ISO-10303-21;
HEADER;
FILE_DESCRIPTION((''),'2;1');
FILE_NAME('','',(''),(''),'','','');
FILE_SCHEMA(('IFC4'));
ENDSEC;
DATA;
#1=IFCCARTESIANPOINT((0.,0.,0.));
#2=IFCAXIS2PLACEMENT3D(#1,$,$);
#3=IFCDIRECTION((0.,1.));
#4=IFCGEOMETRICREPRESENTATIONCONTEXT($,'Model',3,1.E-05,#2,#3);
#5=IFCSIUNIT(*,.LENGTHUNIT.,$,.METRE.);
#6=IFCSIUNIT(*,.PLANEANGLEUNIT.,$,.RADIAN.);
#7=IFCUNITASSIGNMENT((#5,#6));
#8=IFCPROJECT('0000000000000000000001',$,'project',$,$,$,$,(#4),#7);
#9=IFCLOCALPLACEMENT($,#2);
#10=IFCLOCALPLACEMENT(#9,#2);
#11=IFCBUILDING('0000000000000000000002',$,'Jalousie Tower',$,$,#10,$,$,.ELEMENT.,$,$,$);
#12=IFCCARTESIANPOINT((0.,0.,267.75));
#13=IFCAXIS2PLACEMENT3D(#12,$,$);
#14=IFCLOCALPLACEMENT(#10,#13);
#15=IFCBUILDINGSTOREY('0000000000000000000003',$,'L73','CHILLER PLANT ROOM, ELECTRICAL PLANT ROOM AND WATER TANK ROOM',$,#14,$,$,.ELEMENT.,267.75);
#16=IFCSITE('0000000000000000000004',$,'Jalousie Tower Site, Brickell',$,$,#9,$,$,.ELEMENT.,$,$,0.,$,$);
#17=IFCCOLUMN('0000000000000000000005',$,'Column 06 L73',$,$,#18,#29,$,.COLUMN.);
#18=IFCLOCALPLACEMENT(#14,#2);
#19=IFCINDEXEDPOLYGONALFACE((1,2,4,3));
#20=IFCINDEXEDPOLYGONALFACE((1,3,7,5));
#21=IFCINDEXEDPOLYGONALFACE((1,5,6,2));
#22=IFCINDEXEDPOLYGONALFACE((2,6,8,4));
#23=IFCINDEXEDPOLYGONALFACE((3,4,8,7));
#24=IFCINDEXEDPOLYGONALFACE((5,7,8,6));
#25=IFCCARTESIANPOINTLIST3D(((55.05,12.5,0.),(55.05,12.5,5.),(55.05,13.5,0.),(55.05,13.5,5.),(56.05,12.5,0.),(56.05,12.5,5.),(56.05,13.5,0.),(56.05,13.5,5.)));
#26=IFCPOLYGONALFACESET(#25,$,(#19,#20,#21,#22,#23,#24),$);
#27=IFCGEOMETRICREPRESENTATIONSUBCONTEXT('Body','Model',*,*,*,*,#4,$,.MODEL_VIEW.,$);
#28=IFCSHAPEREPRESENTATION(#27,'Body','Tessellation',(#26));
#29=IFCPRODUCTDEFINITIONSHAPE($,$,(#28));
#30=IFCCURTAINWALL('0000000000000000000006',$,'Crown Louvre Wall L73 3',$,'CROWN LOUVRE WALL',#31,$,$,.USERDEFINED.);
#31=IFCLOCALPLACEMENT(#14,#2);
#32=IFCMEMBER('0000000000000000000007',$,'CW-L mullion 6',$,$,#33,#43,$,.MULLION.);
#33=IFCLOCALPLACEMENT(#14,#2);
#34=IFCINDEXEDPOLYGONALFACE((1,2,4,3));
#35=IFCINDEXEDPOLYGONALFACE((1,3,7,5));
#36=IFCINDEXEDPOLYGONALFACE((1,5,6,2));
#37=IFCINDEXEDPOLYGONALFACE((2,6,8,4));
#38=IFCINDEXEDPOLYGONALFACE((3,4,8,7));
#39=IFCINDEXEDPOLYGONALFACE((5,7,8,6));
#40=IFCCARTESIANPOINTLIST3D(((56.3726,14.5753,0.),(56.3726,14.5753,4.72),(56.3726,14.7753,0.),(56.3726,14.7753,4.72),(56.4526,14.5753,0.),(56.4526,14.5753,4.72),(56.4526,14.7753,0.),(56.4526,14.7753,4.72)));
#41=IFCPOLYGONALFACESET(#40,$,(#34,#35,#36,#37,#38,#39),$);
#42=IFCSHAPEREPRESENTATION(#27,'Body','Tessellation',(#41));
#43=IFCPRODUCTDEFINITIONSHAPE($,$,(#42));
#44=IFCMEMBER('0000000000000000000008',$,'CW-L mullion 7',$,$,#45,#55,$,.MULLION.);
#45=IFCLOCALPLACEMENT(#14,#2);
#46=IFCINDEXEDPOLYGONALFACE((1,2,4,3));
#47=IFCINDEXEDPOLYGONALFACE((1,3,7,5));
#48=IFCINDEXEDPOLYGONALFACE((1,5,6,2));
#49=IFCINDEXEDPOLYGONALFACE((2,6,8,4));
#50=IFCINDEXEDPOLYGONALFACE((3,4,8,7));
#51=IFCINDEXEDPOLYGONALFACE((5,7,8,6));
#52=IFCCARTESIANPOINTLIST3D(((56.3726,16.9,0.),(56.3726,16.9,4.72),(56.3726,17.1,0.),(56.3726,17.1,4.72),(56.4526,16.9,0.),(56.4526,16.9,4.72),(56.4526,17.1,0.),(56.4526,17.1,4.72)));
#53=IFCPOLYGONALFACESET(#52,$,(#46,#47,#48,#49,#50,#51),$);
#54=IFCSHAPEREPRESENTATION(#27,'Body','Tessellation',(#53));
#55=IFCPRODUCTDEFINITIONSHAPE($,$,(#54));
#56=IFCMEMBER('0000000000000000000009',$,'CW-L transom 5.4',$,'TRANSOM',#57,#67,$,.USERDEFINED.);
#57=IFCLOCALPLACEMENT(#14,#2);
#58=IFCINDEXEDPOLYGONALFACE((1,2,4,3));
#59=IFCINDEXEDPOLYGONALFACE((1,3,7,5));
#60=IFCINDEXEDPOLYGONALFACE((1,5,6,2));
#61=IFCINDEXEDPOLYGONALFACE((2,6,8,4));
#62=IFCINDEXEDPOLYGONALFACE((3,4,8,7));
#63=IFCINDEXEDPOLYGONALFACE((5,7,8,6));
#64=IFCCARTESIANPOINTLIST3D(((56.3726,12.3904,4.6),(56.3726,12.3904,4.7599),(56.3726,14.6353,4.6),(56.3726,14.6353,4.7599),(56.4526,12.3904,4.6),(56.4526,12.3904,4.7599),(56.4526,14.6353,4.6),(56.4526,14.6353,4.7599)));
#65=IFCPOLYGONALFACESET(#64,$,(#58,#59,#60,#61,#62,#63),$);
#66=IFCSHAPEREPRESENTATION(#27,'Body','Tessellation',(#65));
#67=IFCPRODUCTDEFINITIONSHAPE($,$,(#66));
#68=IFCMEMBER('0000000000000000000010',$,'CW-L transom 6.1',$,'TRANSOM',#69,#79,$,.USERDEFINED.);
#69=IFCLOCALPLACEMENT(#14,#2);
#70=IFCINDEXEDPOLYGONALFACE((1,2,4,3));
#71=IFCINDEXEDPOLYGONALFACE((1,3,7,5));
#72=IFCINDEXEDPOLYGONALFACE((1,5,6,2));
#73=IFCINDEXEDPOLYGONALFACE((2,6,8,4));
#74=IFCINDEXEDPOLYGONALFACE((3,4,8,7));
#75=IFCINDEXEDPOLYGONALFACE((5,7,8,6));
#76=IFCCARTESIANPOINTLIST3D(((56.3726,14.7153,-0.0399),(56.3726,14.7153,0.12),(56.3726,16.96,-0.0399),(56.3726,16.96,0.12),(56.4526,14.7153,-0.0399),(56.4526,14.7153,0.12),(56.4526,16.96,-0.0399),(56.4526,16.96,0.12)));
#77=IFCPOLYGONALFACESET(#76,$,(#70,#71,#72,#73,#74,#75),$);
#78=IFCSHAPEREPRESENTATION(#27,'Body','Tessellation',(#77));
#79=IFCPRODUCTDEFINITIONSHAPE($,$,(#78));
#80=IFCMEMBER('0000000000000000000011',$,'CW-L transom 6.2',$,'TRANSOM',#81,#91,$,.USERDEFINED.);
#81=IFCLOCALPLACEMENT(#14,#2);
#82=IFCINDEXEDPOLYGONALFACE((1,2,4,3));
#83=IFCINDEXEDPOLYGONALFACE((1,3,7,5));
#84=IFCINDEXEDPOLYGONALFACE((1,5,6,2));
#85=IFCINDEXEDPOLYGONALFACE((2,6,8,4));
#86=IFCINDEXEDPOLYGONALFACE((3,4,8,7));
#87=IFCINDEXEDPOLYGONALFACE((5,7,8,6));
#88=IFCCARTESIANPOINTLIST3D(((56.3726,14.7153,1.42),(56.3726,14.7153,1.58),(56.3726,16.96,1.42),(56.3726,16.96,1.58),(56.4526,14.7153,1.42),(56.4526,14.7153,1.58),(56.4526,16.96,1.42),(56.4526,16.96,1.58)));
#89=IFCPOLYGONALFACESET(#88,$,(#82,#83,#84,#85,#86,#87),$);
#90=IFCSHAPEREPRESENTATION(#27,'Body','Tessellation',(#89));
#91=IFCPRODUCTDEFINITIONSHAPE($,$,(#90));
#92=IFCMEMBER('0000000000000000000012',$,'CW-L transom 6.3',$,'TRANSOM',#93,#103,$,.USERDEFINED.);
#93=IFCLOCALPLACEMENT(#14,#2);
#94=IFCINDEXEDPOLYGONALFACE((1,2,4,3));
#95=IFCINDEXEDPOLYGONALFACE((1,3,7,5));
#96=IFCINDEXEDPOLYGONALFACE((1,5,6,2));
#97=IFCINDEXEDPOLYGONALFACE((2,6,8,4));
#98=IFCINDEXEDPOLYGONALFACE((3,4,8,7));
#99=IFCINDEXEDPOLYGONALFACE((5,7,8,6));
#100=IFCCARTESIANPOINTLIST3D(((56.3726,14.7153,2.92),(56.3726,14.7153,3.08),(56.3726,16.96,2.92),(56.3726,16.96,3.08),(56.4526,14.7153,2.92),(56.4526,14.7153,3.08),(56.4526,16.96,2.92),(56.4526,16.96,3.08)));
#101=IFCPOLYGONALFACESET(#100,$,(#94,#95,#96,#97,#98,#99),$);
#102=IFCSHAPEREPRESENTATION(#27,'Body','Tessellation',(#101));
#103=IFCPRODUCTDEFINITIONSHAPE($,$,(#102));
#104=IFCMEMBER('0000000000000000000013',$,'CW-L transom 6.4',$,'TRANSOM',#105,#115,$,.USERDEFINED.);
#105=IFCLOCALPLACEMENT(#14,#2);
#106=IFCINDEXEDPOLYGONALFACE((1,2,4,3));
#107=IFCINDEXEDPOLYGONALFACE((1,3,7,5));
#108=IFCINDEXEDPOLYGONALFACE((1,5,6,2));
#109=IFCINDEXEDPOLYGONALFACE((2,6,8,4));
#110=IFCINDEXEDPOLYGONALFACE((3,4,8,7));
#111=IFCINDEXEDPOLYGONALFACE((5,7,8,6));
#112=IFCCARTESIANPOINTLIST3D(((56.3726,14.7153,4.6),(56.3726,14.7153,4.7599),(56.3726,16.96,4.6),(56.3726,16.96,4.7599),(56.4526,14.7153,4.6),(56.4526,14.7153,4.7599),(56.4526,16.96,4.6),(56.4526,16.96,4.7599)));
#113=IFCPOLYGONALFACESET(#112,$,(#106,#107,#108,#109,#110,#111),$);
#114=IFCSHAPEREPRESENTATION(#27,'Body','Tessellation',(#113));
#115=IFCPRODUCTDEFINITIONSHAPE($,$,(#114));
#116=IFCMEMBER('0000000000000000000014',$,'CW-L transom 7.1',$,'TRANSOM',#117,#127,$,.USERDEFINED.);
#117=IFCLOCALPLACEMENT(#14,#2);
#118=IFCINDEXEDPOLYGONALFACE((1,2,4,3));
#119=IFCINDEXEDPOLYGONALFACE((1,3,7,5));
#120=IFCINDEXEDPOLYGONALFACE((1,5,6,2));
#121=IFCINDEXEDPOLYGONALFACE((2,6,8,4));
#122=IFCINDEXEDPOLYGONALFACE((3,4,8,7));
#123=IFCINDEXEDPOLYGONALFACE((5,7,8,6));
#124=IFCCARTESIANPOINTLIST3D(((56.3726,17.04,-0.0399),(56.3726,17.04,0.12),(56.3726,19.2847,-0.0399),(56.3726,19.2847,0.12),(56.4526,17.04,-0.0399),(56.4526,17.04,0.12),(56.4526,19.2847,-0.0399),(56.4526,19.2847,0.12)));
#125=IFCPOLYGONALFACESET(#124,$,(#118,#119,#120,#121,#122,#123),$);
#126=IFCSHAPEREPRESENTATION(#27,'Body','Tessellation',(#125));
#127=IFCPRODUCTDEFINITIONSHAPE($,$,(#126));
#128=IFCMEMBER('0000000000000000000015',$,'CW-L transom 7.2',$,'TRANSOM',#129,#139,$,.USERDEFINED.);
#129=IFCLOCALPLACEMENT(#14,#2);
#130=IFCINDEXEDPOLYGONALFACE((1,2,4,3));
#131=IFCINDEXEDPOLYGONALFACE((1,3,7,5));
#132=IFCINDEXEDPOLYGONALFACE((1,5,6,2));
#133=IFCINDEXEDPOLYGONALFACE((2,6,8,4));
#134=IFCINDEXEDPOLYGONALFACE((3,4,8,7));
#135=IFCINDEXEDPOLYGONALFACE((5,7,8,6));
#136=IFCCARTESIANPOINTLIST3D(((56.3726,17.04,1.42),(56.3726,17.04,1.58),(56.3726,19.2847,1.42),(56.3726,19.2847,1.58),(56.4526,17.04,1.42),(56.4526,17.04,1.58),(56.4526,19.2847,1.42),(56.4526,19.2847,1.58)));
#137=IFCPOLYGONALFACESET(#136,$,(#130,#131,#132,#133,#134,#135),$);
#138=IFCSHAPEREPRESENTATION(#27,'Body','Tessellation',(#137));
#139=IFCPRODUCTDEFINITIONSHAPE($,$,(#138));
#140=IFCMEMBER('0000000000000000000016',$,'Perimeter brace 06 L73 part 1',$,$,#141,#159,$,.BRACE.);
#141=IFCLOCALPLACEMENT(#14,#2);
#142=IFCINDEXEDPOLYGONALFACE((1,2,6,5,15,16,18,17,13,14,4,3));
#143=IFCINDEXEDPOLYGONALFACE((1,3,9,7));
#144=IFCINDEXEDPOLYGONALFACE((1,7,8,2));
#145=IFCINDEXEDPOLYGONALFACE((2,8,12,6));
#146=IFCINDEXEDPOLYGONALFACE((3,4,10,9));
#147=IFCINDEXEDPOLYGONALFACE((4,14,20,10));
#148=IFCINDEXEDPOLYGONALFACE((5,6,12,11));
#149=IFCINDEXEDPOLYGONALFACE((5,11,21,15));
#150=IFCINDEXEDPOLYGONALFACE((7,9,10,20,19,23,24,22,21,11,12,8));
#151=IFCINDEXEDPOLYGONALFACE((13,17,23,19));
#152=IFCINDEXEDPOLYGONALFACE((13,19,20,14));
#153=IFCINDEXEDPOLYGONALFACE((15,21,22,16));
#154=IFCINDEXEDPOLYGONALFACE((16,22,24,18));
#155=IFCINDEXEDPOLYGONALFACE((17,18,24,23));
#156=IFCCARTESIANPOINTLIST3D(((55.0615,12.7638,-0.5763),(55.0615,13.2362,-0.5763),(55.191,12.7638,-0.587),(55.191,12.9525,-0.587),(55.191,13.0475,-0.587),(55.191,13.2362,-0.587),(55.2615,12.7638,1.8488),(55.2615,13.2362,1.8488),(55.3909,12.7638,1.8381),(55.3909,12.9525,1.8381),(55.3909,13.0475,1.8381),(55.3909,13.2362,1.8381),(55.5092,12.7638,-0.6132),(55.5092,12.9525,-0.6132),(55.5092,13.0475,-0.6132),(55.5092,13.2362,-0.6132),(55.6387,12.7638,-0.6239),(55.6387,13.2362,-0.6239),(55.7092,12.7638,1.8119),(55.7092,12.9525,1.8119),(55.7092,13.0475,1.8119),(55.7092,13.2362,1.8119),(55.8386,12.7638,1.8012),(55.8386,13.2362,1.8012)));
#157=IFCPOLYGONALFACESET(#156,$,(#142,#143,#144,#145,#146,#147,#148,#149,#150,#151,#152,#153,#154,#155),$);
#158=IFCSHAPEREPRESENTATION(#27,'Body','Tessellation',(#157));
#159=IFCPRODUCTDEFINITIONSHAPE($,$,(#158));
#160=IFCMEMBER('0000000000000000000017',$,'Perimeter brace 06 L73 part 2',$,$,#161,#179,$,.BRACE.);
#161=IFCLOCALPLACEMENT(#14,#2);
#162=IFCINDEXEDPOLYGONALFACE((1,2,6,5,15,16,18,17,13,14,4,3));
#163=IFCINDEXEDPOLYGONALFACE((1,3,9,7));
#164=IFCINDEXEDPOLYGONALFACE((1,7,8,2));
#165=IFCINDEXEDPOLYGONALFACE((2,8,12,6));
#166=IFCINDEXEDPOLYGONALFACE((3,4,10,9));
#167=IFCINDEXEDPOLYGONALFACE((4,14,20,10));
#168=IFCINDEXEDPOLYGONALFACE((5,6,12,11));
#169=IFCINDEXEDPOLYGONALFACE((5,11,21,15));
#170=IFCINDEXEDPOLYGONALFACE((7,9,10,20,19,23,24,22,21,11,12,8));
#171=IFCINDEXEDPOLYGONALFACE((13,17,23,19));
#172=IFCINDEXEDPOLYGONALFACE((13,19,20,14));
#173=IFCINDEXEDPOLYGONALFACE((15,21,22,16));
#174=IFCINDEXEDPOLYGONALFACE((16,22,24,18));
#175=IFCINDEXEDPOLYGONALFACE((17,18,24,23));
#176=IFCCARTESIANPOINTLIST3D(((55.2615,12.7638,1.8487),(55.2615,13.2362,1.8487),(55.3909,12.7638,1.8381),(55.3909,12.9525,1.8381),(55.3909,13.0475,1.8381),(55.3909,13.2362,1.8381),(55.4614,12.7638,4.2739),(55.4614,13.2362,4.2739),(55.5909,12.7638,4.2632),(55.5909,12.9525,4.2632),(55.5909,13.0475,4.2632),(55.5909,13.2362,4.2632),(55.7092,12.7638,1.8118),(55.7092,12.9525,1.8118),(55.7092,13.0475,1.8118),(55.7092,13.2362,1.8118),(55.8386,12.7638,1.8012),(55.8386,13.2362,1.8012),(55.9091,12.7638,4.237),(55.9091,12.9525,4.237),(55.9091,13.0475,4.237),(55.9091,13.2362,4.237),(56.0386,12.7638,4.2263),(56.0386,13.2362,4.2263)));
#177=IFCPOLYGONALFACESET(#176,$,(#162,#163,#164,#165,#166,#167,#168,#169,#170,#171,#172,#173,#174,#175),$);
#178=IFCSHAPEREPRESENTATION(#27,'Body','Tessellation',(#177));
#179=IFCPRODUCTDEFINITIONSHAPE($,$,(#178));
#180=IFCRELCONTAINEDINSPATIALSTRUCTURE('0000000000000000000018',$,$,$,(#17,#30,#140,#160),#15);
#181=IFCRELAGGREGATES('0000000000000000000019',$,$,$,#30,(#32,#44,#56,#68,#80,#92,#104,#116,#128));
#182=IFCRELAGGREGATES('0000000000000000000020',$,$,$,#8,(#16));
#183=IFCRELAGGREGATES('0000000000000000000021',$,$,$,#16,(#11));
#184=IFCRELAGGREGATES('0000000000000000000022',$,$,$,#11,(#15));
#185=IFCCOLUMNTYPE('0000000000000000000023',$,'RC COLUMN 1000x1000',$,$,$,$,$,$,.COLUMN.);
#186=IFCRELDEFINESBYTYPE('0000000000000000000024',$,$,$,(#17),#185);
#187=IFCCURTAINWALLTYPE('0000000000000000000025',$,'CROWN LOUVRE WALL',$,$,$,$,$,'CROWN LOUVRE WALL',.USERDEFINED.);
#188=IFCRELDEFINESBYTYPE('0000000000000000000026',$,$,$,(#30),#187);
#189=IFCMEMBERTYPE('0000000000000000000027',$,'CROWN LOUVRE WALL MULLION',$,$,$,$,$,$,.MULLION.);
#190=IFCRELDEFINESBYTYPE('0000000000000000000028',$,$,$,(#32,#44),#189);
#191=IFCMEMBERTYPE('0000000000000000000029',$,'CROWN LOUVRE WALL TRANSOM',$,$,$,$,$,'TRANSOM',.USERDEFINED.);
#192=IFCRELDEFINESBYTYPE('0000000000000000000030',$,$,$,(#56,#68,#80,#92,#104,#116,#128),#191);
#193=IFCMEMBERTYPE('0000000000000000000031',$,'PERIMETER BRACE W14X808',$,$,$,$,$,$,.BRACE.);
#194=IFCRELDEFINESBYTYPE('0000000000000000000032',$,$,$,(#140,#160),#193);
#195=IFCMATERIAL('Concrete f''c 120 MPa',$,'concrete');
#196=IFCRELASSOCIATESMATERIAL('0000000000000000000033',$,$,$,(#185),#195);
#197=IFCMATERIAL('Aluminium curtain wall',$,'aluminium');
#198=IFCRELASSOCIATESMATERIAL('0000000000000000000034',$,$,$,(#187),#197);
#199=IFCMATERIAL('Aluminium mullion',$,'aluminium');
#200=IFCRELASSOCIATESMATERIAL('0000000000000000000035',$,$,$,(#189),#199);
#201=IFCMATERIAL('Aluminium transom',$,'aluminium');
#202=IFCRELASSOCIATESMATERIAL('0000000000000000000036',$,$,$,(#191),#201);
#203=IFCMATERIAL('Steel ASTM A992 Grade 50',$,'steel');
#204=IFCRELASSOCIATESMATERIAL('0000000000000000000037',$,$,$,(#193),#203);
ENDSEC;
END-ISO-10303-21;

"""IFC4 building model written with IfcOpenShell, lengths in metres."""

from ifc_helpers import new_model, si_unit, direction, frame, origin, origin_2d, place, context, subcontext, project, spatial, rectangle, i_section, extrude, material, material_profile, profile_set, type_object, element, aggregate, save


model = new_model("IFC4")

# Units and contexts
model_context = context("Model", 3, precision=1e-05, world=origin(), true_north=direction((0.0, 1.0)))
body_context = subcontext(model_context, "Body", "Model", "MODEL_VIEW")
ifc_project = project(units=[si_unit("LENGTHUNIT", "METRE"), si_unit("PLANEANGLEUNIT", "RADIAN")], contexts=[model_context])

# Site, building, storey
site_placement = place(None, origin())
site = spatial("IfcSite", under=ifc_project, at=site_placement, Name="Jalousie Tower Site, Brickell", CompositionType="ELEMENT", RefElevation=0.0)
building_placement = place(site_placement, origin())
building = spatial("IfcBuilding", under=site, at=building_placement, Name="Jalousie Tower", CompositionType="ELEMENT")
storey_placement = place(building_placement, frame((0.0, 0.0, 267.75)))
storey = spatial("IfcBuildingStorey", under=building, at=storey_placement, Name="L73", Description="CHILLER PLANT ROOM, ELECTRICAL PLANT ROOM AND WATER TANK ROOM", CompositionType="ELEMENT", Elevation=267.75)

# Column
ifc_material_1 = material(Name="Concrete f'c 120 MPa", Category="concrete")
ifc_material_profile_1 = material_profile(ifc_material_1, rectangle(XDim=1.0, YDim=1.0, at=origin_2d()), Name="RC 1000x1000")
ifc_profile_set_1 = profile_set([ifc_material_profile_1], Name="Concrete f'c 120 MPa")
column_type = type_object("IfcColumnType", Name="RC COLUMN 1000x1000", PredefinedType="COLUMN", material=ifc_profile_set_1)
column_placement = place(storey_placement, frame((55.55, 13.0, 0.0), z_axis=(0.0, 0.0, 1.0), x_axis=(1.0, 0.0, 0.0)))
element("IfcColumn", 1, at=column_placement, inside=storey, type_object=column_type, Name="Column 06 L73", PredefinedType="COLUMN", context=body_context, shape_type="SweptSolid", body=[
    extrude(rectangle(XDim=1.0, YDim=1.0, at=origin_2d()), origin(), (0.0, 0.0, 1.0), 5.0),
])

# Curtain wall, members
ifc_material_2 = material(Name="Aluminium curtain wall", Category="aluminium")
curtain_wall_type = type_object("IfcCurtainWallType", Name="CROWN LOUVRE WALL", ElementType="CROWN LOUVRE WALL", PredefinedType="USERDEFINED", material=ifc_material_2)
curtain_wall_placement = place(storey_placement, origin())
curtain_wall = element("IfcCurtainWall", 2, at=curtain_wall_placement, inside=storey, type_object=curtain_wall_type, Name="Crown Louvre Wall L73 3", ObjectType="CROWN LOUVRE WALL", PredefinedType="USERDEFINED")
ifc_material_3 = material(Name="Aluminium mullion", Category="aluminium")
ifc_material_profile_2 = material_profile(ifc_material_3, rectangle(XDim=0.0801, YDim=0.2, at=origin_2d()), Name="MULLION 80x200")
ifc_profile_set_2 = profile_set([ifc_material_profile_2], Name="Aluminium mullion")
member_type_1 = type_object("IfcMemberType", Name="CROWN LOUVRE WALL MULLION", PredefinedType="MULLION", material=ifc_profile_set_2)
member_1_placement = place(storey_placement, frame((56.4126, 14.6753, 0.0), z_axis=(0.0, 0.0, 1.0), x_axis=(-1.0, 0.0, 0.0)))
member_1 = element("IfcMember", 3, at=member_1_placement, type_object=member_type_1, Name="CW-L mullion 6", PredefinedType="MULLION", context=body_context, shape_type="SweptSolid", body=[
    extrude(rectangle(XDim=0.0801, YDim=0.2, at=origin_2d()), origin(), (0.0, 0.0, 1.0), 4.72),
])
member_2_placement = place(storey_placement, frame((56.4126, 17.0, 0.0), z_axis=(0.0, 0.0, 1.0), x_axis=(-1.0, 0.0, 0.0)))
member_2 = element("IfcMember", 4, at=member_2_placement, type_object=member_type_1, Name="CW-L mullion 7", PredefinedType="MULLION", context=body_context, shape_type="SweptSolid", body=[
    extrude(rectangle(XDim=0.0801, YDim=0.2, at=origin_2d()), origin(), (0.0, 0.0, 1.0), 4.72),
])
ifc_material_4 = material(Name="Aluminium transom", Category="aluminium")
ifc_material_profile_3 = material_profile(ifc_material_4, rectangle(XDim=0.0801, YDim=0.1599, at=origin_2d()), Name="TRANSOM 80x160")
ifc_profile_set_3 = profile_set([ifc_material_profile_3], Name="Aluminium transom")
member_type_2 = type_object("IfcMemberType", Name="CROWN LOUVRE WALL TRANSOM", ElementType="TRANSOM", PredefinedType="USERDEFINED", material=ifc_profile_set_3)
member_3_placement = place(storey_placement, frame((56.4126, 12.3904, 4.6799), z_axis=(0.0, 1.0, 0.0), x_axis=(-1.0, 0.0, 0.0)))
member_3 = element("IfcMember", 5, at=member_3_placement, type_object=member_type_2, Name="CW-L transom 5.4", ObjectType="TRANSOM", PredefinedType="USERDEFINED", context=body_context, shape_type="SweptSolid", body=[
    extrude(rectangle(XDim=0.0801, YDim=0.1599, at=origin_2d()), origin(), (0.0, 0.0, 1.0), 2.2449),
])
member_4_placement = place(storey_placement, frame((56.4126, 14.7153, 0.04), z_axis=(0.0, 1.0, 0.0), x_axis=(-1.0, 0.0, 0.0)))
member_4 = element("IfcMember", 6, at=member_4_placement, type_object=member_type_2, Name="CW-L transom 6.1", ObjectType="TRANSOM", PredefinedType="USERDEFINED", context=body_context, shape_type="SweptSolid", body=[
    extrude(rectangle(XDim=0.0801, YDim=0.1599, at=origin_2d()), origin(), (0.0, 0.0, 1.0), 2.2446),
])
member_5_placement = place(storey_placement, frame((56.4126, 14.7153, 1.5), z_axis=(0.0, 1.0, 0.0), x_axis=(-1.0, 0.0, 0.0)))
member_5 = element("IfcMember", 7, at=member_5_placement, type_object=member_type_2, Name="CW-L transom 6.2", ObjectType="TRANSOM", PredefinedType="USERDEFINED", context=body_context, shape_type="SweptSolid", body=[
    extrude(rectangle(XDim=0.0801, YDim=0.1599, at=origin_2d()), origin(), (0.0, 0.0, 1.0), 2.2446),
])
member_6_placement = place(storey_placement, frame((56.4126, 14.7153, 3.0), z_axis=(0.0, 1.0, 0.0), x_axis=(-1.0, 0.0, 0.0)))
member_6 = element("IfcMember", 8, at=member_6_placement, type_object=member_type_2, Name="CW-L transom 6.3", ObjectType="TRANSOM", PredefinedType="USERDEFINED", context=body_context, shape_type="SweptSolid", body=[
    extrude(rectangle(XDim=0.0801, YDim=0.1599, at=origin_2d()), origin(), (0.0, 0.0, 1.0), 2.2446),
])
member_7_placement = place(storey_placement, frame((56.4126, 14.7153, 4.6799), z_axis=(0.0, 1.0, 0.0), x_axis=(-1.0, 0.0, 0.0)))
member_7 = element("IfcMember", 9, at=member_7_placement, type_object=member_type_2, Name="CW-L transom 6.4", ObjectType="TRANSOM", PredefinedType="USERDEFINED", context=body_context, shape_type="SweptSolid", body=[
    extrude(rectangle(XDim=0.0801, YDim=0.1599, at=origin_2d()), origin(), (0.0, 0.0, 1.0), 2.2446),
])
member_8_placement = place(storey_placement, frame((56.4126, 17.04, 0.04), z_axis=(0.0, 1.0, 0.0), x_axis=(-1.0, 0.0, 0.0)))
member_8 = element("IfcMember", 10, at=member_8_placement, type_object=member_type_2, Name="CW-L transom 7.1", ObjectType="TRANSOM", PredefinedType="USERDEFINED", context=body_context, shape_type="SweptSolid", body=[
    extrude(rectangle(XDim=0.0801, YDim=0.1599, at=origin_2d()), origin(), (0.0, 0.0, 1.0), 2.2446),
])
member_9_placement = place(storey_placement, frame((56.4126, 17.04, 1.5), z_axis=(0.0, 1.0, 0.0), x_axis=(-1.0, 0.0, 0.0)))
member_9 = element("IfcMember", 11, at=member_9_placement, type_object=member_type_2, Name="CW-L transom 7.2", ObjectType="TRANSOM", PredefinedType="USERDEFINED", context=body_context, shape_type="SweptSolid", body=[
    extrude(rectangle(XDim=0.0801, YDim=0.1599, at=origin_2d()), origin(), (0.0, 0.0, 1.0), 2.2446),
])

# Members
ifc_material_5 = material(Name="Steel ASTM A992 Grade 50", Category="steel")
ifc_material_profile_4 = material_profile(ifc_material_5, i_section(OverallWidth=0.4724, OverallDepth=0.5791, WebThickness=0.095, FlangeThickness=0.1299, at=origin_2d()), Name="W14X808")
ifc_profile_set_4 = profile_set([ifc_material_profile_4], Name="Steel ASTM A992 Grade 50")
member_type_3 = type_object("IfcMemberType", Name="PERIMETER BRACE W14X808", PredefinedType="BRACE", material=ifc_profile_set_4)
for number, where, z_axis, x_axis, name in (
    (12, (55.3501, 13.0, -0.6001), (0.082174, 0.0, 0.996618), (0.0, 1.0, 0.0), "Perimeter brace 06 L73 part 1"),
    (13, (55.55, 13.0, 1.825), (0.082174, 0.0, 0.996618), (0.0, 1.0, 0.0), "Perimeter brace 06 L73 part 2"),
):
    element("IfcMember", number, at=place(storey_placement, frame(where, z_axis=z_axis, x_axis=x_axis)), inside=storey, type_object=member_type_3, Name=name, PredefinedType="BRACE", context=body_context, shape_type="SweptSolid", body=[
        extrude(i_section(OverallWidth=0.4724, OverallDepth=0.5791, WebThickness=0.095, FlangeThickness=0.1299, at=origin_2d()), origin(), (0.0, 0.0, 1.0), 2.4333),
    ])

aggregate(curtain_wall, [member_1, member_2, member_3, member_4, member_5, member_6, member_7, member_8, member_9])

save(model, "model.ifc")
